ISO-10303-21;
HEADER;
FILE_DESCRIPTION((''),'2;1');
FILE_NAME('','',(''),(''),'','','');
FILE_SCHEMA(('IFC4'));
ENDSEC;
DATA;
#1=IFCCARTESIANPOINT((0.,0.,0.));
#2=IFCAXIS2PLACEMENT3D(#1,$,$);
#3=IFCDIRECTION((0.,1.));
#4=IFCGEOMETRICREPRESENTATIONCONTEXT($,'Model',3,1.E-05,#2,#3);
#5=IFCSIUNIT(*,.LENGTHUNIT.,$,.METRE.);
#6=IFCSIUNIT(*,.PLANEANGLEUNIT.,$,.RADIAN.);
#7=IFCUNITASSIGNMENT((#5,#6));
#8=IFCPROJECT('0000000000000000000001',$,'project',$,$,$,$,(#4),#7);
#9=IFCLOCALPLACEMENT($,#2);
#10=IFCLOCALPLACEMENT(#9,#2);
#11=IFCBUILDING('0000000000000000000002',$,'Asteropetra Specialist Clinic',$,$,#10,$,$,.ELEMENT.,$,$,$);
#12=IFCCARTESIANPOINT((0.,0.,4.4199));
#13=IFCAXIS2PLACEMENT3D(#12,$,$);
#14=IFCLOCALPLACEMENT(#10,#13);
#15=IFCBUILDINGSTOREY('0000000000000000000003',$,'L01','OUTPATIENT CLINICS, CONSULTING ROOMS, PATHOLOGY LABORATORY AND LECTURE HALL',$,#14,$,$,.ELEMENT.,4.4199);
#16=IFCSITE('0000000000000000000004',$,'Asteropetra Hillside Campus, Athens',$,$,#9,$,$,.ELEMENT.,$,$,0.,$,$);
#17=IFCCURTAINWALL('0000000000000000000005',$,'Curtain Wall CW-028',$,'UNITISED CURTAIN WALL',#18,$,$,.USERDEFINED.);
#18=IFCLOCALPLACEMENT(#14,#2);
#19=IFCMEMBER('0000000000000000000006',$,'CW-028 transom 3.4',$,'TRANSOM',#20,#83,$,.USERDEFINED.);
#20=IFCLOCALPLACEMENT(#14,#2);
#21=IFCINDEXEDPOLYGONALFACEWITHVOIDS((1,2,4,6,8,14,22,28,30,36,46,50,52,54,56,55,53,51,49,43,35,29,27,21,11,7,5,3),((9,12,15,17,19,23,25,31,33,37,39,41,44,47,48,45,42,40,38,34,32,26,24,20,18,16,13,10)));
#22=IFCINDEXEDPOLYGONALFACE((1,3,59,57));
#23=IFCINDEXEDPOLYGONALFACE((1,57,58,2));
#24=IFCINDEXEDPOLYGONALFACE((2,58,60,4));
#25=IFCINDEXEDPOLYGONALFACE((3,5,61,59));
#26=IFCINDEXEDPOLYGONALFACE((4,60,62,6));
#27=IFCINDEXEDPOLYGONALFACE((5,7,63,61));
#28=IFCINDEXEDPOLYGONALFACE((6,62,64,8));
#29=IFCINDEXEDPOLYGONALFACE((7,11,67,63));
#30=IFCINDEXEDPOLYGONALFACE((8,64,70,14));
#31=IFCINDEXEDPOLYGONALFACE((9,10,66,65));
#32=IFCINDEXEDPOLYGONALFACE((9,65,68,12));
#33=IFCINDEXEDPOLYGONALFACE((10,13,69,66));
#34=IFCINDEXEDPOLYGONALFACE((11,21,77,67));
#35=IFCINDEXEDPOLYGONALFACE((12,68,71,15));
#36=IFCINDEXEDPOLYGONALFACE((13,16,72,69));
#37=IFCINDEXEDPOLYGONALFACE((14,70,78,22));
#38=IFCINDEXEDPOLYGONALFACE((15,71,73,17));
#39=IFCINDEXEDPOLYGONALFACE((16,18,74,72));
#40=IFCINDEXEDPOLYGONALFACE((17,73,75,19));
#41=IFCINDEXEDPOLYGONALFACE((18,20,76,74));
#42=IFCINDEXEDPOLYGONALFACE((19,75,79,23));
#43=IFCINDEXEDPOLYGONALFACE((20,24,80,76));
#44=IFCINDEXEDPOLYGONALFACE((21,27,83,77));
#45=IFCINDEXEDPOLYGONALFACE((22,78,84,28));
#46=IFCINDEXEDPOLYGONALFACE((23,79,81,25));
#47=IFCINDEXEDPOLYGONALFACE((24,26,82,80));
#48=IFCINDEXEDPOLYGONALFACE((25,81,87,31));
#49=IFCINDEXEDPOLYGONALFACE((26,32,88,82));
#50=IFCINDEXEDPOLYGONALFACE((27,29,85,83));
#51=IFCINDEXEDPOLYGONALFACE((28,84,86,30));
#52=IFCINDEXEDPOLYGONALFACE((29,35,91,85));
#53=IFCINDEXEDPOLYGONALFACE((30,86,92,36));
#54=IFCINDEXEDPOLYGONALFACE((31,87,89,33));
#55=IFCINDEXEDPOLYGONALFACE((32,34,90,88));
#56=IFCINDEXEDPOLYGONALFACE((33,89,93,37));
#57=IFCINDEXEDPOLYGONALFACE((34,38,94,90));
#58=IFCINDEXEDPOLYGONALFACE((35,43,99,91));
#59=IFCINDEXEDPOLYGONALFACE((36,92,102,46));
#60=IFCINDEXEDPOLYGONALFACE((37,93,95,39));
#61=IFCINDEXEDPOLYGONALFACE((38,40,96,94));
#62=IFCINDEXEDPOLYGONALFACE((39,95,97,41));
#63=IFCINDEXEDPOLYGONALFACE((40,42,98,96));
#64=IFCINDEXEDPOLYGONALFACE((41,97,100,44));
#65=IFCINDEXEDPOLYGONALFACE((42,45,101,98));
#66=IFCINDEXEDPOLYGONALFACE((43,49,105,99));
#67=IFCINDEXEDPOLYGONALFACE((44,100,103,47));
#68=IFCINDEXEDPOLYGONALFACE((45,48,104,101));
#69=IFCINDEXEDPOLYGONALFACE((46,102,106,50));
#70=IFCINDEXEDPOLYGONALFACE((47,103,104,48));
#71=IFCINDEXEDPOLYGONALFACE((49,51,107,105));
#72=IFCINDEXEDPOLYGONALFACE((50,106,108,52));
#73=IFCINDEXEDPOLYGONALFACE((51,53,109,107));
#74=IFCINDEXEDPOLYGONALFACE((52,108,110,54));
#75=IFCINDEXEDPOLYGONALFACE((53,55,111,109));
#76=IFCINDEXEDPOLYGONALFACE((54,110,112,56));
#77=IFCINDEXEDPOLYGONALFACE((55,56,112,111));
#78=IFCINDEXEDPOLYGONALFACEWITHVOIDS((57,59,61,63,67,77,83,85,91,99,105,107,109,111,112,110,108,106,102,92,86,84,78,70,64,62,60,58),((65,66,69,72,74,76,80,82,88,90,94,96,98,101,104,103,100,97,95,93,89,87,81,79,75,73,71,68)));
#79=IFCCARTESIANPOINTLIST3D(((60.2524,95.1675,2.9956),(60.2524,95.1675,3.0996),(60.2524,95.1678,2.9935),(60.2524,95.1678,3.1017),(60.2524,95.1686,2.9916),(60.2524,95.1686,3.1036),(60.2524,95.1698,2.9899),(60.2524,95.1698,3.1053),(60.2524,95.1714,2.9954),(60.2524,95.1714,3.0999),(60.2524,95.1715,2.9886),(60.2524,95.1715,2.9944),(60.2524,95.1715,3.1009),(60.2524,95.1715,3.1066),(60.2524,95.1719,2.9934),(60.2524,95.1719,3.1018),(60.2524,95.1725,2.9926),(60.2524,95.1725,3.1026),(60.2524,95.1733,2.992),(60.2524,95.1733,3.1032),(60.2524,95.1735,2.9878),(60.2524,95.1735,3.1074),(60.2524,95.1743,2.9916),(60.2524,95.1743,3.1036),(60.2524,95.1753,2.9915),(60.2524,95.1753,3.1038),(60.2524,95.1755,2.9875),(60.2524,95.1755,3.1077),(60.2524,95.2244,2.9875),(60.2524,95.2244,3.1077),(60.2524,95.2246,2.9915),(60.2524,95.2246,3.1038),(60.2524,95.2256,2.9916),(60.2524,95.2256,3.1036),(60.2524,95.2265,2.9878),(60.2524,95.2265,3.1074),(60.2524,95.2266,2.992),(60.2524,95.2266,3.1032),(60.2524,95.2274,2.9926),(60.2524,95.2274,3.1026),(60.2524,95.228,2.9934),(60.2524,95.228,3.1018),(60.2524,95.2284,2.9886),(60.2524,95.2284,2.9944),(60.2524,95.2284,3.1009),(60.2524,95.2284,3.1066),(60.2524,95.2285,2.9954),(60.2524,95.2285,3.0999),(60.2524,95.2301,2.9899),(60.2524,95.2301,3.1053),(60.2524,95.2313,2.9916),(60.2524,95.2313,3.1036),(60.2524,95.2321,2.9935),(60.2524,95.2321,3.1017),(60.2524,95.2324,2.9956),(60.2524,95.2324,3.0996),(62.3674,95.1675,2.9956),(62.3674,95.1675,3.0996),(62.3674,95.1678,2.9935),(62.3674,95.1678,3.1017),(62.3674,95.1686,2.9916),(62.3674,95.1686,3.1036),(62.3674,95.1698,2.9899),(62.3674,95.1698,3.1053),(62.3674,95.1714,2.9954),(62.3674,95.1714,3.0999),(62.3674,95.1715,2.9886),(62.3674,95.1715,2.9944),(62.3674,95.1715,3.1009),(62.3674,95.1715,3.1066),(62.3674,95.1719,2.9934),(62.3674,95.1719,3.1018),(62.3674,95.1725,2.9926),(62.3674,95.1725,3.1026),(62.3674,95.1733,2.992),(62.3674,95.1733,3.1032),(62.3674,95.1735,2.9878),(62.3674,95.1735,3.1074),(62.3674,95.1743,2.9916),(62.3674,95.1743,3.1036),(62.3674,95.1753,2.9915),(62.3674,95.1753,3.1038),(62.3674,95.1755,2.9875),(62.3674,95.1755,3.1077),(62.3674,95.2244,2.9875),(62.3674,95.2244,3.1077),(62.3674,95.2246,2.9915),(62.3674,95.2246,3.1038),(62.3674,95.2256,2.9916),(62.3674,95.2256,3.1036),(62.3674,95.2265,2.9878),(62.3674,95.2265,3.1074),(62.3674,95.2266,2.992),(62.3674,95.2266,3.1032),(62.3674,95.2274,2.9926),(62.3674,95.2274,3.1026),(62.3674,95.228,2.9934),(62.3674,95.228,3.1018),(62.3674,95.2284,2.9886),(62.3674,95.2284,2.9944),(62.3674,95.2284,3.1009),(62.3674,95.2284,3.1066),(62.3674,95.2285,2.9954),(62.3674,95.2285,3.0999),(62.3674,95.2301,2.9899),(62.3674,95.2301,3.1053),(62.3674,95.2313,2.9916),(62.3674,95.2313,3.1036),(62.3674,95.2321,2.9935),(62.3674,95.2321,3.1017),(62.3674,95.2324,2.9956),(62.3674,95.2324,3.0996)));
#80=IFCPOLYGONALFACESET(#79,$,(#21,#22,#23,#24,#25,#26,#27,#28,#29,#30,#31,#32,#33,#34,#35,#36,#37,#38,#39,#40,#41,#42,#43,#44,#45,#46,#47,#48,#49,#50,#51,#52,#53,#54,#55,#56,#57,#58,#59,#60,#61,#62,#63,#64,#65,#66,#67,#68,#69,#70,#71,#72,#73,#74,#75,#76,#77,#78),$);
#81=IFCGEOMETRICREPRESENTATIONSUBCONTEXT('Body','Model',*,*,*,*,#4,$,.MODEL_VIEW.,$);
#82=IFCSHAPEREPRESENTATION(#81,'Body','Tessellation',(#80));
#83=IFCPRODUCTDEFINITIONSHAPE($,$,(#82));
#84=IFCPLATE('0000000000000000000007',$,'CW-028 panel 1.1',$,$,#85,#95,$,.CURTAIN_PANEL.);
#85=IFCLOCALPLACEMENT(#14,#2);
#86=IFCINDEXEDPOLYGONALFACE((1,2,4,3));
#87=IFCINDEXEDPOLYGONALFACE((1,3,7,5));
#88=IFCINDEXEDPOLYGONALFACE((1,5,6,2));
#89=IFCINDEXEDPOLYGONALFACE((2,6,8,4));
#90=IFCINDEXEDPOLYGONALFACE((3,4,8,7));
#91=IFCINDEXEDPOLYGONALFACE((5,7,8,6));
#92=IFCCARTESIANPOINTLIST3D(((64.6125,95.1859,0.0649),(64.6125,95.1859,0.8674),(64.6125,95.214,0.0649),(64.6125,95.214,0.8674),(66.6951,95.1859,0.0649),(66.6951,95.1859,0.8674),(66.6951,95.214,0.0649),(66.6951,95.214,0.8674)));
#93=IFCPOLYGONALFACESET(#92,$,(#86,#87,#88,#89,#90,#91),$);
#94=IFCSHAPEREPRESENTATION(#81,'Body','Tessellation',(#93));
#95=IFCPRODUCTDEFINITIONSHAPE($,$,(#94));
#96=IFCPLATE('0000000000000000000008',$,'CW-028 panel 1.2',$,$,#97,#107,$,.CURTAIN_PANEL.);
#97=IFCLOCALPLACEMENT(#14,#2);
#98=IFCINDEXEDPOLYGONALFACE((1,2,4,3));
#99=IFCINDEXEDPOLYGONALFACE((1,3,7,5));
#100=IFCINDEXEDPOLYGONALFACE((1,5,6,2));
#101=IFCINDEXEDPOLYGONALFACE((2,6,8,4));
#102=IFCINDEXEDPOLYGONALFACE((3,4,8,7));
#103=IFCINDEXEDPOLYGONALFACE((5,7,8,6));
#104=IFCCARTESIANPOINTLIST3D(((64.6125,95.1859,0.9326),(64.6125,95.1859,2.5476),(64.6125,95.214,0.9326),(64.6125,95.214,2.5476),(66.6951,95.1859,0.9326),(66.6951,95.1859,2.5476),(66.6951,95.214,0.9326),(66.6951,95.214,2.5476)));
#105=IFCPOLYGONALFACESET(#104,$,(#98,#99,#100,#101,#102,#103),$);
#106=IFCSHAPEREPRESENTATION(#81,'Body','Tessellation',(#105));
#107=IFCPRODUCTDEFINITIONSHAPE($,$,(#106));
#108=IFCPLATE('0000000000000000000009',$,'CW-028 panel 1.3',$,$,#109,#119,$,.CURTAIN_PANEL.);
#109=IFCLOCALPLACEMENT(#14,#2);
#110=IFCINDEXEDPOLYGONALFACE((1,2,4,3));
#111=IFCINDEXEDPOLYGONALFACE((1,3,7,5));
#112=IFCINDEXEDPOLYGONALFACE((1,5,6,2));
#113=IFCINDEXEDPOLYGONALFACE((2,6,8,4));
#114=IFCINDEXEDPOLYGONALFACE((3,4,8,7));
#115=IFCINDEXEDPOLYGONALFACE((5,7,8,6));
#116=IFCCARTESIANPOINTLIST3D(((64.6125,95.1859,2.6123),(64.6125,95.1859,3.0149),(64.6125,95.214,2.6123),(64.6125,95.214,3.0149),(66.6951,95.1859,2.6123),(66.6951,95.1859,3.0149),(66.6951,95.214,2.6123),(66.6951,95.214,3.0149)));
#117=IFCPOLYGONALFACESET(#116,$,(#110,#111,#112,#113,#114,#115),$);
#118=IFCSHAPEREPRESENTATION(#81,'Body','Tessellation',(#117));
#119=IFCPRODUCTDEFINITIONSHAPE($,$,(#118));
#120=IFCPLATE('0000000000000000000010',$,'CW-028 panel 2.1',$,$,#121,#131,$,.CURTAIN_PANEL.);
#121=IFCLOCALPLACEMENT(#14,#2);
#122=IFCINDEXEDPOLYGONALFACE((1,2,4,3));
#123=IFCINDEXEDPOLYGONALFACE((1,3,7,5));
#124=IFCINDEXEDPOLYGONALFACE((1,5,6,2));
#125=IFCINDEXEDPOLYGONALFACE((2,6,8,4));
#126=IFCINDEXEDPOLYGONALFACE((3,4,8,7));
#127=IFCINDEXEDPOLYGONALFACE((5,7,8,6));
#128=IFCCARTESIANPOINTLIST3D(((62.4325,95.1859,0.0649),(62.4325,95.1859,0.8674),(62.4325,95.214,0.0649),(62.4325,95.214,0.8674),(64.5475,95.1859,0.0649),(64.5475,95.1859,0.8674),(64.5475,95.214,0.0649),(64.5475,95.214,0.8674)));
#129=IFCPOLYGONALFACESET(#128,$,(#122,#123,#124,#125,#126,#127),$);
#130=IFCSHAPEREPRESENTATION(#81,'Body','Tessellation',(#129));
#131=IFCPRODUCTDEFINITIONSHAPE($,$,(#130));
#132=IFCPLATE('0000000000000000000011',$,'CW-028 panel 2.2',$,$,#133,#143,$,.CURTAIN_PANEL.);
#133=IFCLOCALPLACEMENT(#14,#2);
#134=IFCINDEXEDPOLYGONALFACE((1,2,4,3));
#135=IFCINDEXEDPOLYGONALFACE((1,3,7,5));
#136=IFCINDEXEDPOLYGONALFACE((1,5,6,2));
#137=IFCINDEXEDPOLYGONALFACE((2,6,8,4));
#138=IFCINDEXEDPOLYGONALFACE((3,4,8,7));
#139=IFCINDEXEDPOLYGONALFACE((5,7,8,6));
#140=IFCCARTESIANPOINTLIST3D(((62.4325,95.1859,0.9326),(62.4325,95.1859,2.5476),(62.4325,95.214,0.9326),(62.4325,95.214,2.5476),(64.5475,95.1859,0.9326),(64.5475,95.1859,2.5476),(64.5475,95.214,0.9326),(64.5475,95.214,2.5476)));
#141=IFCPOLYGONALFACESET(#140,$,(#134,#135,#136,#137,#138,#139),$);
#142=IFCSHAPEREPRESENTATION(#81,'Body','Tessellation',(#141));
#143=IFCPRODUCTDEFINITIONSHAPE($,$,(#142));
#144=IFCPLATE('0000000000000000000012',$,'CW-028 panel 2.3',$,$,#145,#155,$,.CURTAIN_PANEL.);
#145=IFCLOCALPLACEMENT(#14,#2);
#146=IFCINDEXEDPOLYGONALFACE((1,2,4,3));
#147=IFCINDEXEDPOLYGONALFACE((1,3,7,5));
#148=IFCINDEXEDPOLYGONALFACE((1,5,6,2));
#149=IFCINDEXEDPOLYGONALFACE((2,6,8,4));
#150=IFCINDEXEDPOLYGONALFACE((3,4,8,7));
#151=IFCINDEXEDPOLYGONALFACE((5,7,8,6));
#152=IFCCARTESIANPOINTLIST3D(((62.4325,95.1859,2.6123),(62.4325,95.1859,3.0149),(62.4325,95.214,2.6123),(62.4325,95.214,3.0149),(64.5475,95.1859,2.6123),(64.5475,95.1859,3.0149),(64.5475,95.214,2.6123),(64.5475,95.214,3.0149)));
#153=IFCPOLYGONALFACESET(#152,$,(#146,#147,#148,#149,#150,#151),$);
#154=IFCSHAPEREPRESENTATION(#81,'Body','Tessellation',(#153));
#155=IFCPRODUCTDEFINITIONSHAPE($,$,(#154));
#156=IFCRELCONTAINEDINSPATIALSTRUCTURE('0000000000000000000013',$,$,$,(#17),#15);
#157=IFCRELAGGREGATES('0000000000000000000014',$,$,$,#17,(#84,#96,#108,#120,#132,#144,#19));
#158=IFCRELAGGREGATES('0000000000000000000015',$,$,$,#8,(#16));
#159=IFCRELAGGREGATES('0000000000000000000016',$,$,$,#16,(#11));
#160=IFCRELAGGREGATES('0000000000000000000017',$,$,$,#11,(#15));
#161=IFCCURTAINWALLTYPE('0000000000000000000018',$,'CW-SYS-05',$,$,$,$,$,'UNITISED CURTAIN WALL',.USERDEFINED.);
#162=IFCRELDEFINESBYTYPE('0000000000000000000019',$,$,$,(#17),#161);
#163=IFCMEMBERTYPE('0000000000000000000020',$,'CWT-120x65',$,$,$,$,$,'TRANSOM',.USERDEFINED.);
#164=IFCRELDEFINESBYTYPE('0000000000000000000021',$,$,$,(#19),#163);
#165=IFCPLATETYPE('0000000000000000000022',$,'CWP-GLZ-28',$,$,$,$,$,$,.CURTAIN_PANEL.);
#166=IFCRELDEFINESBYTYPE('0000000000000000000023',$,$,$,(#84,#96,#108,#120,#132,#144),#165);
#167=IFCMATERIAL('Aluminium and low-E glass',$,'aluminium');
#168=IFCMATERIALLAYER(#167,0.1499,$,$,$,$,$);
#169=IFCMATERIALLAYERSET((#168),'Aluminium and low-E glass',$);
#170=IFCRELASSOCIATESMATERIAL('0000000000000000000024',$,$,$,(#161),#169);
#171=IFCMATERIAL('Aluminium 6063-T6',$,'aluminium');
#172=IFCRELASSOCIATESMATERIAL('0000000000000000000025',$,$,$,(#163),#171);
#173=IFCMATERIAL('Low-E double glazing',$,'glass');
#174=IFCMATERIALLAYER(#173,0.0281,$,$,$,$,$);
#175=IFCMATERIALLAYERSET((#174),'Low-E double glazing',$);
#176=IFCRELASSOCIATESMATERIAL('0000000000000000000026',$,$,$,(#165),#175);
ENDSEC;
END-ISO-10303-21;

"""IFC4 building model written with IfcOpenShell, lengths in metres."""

from ifc_helpers import new_model, si_unit, direction, frame, origin, origin_2d, place, context, subcontext, project, spatial, rectangle, hollow_rectangle, extrude, material, layer, layer_set, material_profile, profile_set, type_object, element, aggregate, save


model = new_model("IFC4")

# Units and contexts
model_context = context("Model", 3, precision=1e-05, world=origin(), true_north=direction((0.0, 1.0)))
body_context = subcontext(model_context, "Body", "Model", "MODEL_VIEW")
ifc_project = project(units=[si_unit("LENGTHUNIT", "METRE"), si_unit("PLANEANGLEUNIT", "RADIAN")], contexts=[model_context])

# Site, building, storey
site_placement = place(None, origin())
site = spatial("IfcSite", under=ifc_project, at=site_placement, Name="Asteropetra Hillside Campus, Athens", CompositionType="ELEMENT", RefElevation=0.0)
building_placement = place(site_placement, origin())
building = spatial("IfcBuilding", under=site, at=building_placement, Name="Asteropetra Specialist Clinic", CompositionType="ELEMENT")
storey_placement = place(building_placement, frame((0.0, 0.0, 4.4199)))
storey = spatial("IfcBuildingStorey", under=building, at=storey_placement, Name="L01", Description="OUTPATIENT CLINICS, CONSULTING ROOMS, PATHOLOGY LABORATORY AND LECTURE HALL", CompositionType="ELEMENT", Elevation=4.4199)

# Curtain wall, member, plates
ifc_material_1 = material(Name="Aluminium and low-E glass", Category="aluminium")
ifc_layer_1 = layer(ifc_material_1, 0.1499)
ifc_layer_set_1 = layer_set([ifc_layer_1], Name="Aluminium and low-E glass")
curtain_wall_type = type_object("IfcCurtainWallType", Name="CW-SYS-05", ElementType="UNITISED CURTAIN WALL", PredefinedType="USERDEFINED", material=ifc_layer_set_1)
curtain_wall_placement = place(storey_placement, origin())
curtain_wall = element("IfcCurtainWall", 1, at=curtain_wall_placement, inside=storey, type_object=curtain_wall_type, Name="Curtain Wall CW-028", ObjectType="UNITISED CURTAIN WALL", PredefinedType="USERDEFINED")
ifc_material_2 = material(Name="Aluminium 6063-T6", Category="aluminium")
ifc_material_profile_1 = material_profile(ifc_material_2, hollow_rectangle(XDim=0.0649, YDim=0.1201, WallThickness=0.0039, InnerFilletRadius=0.0039, OuterFilletRadius=0.0081, at=origin_2d()), Name="TRN 120x65x4.0")
ifc_profile_set_1 = profile_set([ifc_material_profile_1], Name="Aluminium 6063-T6")
member_type_1 = type_object("IfcMemberType", Name="CWT-120x65", ElementType="TRANSOM", PredefinedType="USERDEFINED", material=ifc_profile_set_1)
member_1_placement = place(storey_placement, frame((62.3674, 95.2, 3.0476), z_axis=(-1.0, 0.0, 0.0), x_axis=(0.0, -1.0, 0.0)))
member_1 = element("IfcMember", 2, at=member_1_placement, type_object=member_type_1, Name="CW-028 transom 3.4", ObjectType="TRANSOM", PredefinedType="USERDEFINED", context=body_context, shape_type="SweptSolid", body=[
    extrude(hollow_rectangle(XDim=0.0649, YDim=0.1201, WallThickness=0.0039, InnerFilletRadius=0.0039, OuterFilletRadius=0.0081, at=origin_2d()), origin(), (0.0, 0.0, 1.0), 2.115),
])
ifc_material_3 = material(Name="Low-E double glazing", Category="glass")
ifc_layer_2 = layer(ifc_material_3, 0.0281)
ifc_layer_set_2 = layer_set([ifc_layer_2], Name="Low-E double glazing")
plate_type = type_object("IfcPlateType", Name="CWP-GLZ-28", PredefinedType="CURTAIN_PANEL", material=ifc_layer_set_2)
plate_1_placement = place(storey_placement, frame((65.6538, 95.2, 0.0649), z_axis=(0.0, 0.0, 1.0), x_axis=(-1.0, 0.0, 0.0)))
plate_1 = element("IfcPlate", 3, at=plate_1_placement, type_object=plate_type, Name="CW-028 panel 1.1", PredefinedType="CURTAIN_PANEL", context=body_context, shape_type="SweptSolid", body=[
    extrude(rectangle(XDim=2.0825, YDim=0.0281, at=origin_2d()), origin(), (0.0, 0.0, 1.0), 0.8025),
])
plate_2_placement = place(storey_placement, frame((65.6538, 95.2, 0.9326), z_axis=(0.0, 0.0, 1.0), x_axis=(-1.0, 0.0, 0.0)))
plate_2 = element("IfcPlate", 4, at=plate_2_placement, type_object=plate_type, Name="CW-028 panel 1.2", PredefinedType="CURTAIN_PANEL", context=body_context, shape_type="SweptSolid", body=[
    extrude(rectangle(XDim=2.0825, YDim=0.0281, at=origin_2d()), origin(), (0.0, 0.0, 1.0), 1.615),
])
plate_3_placement = place(storey_placement, frame((65.6538, 95.2, 2.6123), z_axis=(0.0, 0.0, 1.0), x_axis=(-1.0, 0.0, 0.0)))
plate_3 = element("IfcPlate", 5, at=plate_3_placement, type_object=plate_type, Name="CW-028 panel 1.3", PredefinedType="CURTAIN_PANEL", context=body_context, shape_type="SweptSolid", body=[
    extrude(rectangle(XDim=2.0825, YDim=0.0281, at=origin_2d()), origin(), (0.0, 0.0, 1.0), 0.4026),
])
plate_4_placement = place(storey_placement, frame((63.49, 95.2, 0.0649), z_axis=(0.0, 0.0, 1.0), x_axis=(-1.0, 0.0, 0.0)))
plate_4 = element("IfcPlate", 6, at=plate_4_placement, type_object=plate_type, Name="CW-028 panel 2.1", PredefinedType="CURTAIN_PANEL", context=body_context, shape_type="SweptSolid", body=[
    extrude(rectangle(XDim=2.115, YDim=0.0281, at=origin_2d()), origin(), (0.0, 0.0, 1.0), 0.8025),
])
plate_5_placement = place(storey_placement, frame((63.49, 95.2, 0.9326), z_axis=(0.0, 0.0, 1.0), x_axis=(-1.0, 0.0, 0.0)))
plate_5 = element("IfcPlate", 7, at=plate_5_placement, type_object=plate_type, Name="CW-028 panel 2.2", PredefinedType="CURTAIN_PANEL", context=body_context, shape_type="SweptSolid", body=[
    extrude(rectangle(XDim=2.115, YDim=0.0281, at=origin_2d()), origin(), (0.0, 0.0, 1.0), 1.615),
])
plate_6_placement = place(storey_placement, frame((63.49, 95.2, 2.6123), z_axis=(0.0, 0.0, 1.0), x_axis=(-1.0, 0.0, 0.0)))
plate_6 = element("IfcPlate", 8, at=plate_6_placement, type_object=plate_type, Name="CW-028 panel 2.3", PredefinedType="CURTAIN_PANEL", context=body_context, shape_type="SweptSolid", body=[
    extrude(rectangle(XDim=2.115, YDim=0.0281, at=origin_2d()), origin(), (0.0, 0.0, 1.0), 0.4026),
])
aggregate(curtain_wall, [plate_1, plate_2, plate_3, plate_4, plate_5, plate_6, member_1])

save(model, "model.ifc")
